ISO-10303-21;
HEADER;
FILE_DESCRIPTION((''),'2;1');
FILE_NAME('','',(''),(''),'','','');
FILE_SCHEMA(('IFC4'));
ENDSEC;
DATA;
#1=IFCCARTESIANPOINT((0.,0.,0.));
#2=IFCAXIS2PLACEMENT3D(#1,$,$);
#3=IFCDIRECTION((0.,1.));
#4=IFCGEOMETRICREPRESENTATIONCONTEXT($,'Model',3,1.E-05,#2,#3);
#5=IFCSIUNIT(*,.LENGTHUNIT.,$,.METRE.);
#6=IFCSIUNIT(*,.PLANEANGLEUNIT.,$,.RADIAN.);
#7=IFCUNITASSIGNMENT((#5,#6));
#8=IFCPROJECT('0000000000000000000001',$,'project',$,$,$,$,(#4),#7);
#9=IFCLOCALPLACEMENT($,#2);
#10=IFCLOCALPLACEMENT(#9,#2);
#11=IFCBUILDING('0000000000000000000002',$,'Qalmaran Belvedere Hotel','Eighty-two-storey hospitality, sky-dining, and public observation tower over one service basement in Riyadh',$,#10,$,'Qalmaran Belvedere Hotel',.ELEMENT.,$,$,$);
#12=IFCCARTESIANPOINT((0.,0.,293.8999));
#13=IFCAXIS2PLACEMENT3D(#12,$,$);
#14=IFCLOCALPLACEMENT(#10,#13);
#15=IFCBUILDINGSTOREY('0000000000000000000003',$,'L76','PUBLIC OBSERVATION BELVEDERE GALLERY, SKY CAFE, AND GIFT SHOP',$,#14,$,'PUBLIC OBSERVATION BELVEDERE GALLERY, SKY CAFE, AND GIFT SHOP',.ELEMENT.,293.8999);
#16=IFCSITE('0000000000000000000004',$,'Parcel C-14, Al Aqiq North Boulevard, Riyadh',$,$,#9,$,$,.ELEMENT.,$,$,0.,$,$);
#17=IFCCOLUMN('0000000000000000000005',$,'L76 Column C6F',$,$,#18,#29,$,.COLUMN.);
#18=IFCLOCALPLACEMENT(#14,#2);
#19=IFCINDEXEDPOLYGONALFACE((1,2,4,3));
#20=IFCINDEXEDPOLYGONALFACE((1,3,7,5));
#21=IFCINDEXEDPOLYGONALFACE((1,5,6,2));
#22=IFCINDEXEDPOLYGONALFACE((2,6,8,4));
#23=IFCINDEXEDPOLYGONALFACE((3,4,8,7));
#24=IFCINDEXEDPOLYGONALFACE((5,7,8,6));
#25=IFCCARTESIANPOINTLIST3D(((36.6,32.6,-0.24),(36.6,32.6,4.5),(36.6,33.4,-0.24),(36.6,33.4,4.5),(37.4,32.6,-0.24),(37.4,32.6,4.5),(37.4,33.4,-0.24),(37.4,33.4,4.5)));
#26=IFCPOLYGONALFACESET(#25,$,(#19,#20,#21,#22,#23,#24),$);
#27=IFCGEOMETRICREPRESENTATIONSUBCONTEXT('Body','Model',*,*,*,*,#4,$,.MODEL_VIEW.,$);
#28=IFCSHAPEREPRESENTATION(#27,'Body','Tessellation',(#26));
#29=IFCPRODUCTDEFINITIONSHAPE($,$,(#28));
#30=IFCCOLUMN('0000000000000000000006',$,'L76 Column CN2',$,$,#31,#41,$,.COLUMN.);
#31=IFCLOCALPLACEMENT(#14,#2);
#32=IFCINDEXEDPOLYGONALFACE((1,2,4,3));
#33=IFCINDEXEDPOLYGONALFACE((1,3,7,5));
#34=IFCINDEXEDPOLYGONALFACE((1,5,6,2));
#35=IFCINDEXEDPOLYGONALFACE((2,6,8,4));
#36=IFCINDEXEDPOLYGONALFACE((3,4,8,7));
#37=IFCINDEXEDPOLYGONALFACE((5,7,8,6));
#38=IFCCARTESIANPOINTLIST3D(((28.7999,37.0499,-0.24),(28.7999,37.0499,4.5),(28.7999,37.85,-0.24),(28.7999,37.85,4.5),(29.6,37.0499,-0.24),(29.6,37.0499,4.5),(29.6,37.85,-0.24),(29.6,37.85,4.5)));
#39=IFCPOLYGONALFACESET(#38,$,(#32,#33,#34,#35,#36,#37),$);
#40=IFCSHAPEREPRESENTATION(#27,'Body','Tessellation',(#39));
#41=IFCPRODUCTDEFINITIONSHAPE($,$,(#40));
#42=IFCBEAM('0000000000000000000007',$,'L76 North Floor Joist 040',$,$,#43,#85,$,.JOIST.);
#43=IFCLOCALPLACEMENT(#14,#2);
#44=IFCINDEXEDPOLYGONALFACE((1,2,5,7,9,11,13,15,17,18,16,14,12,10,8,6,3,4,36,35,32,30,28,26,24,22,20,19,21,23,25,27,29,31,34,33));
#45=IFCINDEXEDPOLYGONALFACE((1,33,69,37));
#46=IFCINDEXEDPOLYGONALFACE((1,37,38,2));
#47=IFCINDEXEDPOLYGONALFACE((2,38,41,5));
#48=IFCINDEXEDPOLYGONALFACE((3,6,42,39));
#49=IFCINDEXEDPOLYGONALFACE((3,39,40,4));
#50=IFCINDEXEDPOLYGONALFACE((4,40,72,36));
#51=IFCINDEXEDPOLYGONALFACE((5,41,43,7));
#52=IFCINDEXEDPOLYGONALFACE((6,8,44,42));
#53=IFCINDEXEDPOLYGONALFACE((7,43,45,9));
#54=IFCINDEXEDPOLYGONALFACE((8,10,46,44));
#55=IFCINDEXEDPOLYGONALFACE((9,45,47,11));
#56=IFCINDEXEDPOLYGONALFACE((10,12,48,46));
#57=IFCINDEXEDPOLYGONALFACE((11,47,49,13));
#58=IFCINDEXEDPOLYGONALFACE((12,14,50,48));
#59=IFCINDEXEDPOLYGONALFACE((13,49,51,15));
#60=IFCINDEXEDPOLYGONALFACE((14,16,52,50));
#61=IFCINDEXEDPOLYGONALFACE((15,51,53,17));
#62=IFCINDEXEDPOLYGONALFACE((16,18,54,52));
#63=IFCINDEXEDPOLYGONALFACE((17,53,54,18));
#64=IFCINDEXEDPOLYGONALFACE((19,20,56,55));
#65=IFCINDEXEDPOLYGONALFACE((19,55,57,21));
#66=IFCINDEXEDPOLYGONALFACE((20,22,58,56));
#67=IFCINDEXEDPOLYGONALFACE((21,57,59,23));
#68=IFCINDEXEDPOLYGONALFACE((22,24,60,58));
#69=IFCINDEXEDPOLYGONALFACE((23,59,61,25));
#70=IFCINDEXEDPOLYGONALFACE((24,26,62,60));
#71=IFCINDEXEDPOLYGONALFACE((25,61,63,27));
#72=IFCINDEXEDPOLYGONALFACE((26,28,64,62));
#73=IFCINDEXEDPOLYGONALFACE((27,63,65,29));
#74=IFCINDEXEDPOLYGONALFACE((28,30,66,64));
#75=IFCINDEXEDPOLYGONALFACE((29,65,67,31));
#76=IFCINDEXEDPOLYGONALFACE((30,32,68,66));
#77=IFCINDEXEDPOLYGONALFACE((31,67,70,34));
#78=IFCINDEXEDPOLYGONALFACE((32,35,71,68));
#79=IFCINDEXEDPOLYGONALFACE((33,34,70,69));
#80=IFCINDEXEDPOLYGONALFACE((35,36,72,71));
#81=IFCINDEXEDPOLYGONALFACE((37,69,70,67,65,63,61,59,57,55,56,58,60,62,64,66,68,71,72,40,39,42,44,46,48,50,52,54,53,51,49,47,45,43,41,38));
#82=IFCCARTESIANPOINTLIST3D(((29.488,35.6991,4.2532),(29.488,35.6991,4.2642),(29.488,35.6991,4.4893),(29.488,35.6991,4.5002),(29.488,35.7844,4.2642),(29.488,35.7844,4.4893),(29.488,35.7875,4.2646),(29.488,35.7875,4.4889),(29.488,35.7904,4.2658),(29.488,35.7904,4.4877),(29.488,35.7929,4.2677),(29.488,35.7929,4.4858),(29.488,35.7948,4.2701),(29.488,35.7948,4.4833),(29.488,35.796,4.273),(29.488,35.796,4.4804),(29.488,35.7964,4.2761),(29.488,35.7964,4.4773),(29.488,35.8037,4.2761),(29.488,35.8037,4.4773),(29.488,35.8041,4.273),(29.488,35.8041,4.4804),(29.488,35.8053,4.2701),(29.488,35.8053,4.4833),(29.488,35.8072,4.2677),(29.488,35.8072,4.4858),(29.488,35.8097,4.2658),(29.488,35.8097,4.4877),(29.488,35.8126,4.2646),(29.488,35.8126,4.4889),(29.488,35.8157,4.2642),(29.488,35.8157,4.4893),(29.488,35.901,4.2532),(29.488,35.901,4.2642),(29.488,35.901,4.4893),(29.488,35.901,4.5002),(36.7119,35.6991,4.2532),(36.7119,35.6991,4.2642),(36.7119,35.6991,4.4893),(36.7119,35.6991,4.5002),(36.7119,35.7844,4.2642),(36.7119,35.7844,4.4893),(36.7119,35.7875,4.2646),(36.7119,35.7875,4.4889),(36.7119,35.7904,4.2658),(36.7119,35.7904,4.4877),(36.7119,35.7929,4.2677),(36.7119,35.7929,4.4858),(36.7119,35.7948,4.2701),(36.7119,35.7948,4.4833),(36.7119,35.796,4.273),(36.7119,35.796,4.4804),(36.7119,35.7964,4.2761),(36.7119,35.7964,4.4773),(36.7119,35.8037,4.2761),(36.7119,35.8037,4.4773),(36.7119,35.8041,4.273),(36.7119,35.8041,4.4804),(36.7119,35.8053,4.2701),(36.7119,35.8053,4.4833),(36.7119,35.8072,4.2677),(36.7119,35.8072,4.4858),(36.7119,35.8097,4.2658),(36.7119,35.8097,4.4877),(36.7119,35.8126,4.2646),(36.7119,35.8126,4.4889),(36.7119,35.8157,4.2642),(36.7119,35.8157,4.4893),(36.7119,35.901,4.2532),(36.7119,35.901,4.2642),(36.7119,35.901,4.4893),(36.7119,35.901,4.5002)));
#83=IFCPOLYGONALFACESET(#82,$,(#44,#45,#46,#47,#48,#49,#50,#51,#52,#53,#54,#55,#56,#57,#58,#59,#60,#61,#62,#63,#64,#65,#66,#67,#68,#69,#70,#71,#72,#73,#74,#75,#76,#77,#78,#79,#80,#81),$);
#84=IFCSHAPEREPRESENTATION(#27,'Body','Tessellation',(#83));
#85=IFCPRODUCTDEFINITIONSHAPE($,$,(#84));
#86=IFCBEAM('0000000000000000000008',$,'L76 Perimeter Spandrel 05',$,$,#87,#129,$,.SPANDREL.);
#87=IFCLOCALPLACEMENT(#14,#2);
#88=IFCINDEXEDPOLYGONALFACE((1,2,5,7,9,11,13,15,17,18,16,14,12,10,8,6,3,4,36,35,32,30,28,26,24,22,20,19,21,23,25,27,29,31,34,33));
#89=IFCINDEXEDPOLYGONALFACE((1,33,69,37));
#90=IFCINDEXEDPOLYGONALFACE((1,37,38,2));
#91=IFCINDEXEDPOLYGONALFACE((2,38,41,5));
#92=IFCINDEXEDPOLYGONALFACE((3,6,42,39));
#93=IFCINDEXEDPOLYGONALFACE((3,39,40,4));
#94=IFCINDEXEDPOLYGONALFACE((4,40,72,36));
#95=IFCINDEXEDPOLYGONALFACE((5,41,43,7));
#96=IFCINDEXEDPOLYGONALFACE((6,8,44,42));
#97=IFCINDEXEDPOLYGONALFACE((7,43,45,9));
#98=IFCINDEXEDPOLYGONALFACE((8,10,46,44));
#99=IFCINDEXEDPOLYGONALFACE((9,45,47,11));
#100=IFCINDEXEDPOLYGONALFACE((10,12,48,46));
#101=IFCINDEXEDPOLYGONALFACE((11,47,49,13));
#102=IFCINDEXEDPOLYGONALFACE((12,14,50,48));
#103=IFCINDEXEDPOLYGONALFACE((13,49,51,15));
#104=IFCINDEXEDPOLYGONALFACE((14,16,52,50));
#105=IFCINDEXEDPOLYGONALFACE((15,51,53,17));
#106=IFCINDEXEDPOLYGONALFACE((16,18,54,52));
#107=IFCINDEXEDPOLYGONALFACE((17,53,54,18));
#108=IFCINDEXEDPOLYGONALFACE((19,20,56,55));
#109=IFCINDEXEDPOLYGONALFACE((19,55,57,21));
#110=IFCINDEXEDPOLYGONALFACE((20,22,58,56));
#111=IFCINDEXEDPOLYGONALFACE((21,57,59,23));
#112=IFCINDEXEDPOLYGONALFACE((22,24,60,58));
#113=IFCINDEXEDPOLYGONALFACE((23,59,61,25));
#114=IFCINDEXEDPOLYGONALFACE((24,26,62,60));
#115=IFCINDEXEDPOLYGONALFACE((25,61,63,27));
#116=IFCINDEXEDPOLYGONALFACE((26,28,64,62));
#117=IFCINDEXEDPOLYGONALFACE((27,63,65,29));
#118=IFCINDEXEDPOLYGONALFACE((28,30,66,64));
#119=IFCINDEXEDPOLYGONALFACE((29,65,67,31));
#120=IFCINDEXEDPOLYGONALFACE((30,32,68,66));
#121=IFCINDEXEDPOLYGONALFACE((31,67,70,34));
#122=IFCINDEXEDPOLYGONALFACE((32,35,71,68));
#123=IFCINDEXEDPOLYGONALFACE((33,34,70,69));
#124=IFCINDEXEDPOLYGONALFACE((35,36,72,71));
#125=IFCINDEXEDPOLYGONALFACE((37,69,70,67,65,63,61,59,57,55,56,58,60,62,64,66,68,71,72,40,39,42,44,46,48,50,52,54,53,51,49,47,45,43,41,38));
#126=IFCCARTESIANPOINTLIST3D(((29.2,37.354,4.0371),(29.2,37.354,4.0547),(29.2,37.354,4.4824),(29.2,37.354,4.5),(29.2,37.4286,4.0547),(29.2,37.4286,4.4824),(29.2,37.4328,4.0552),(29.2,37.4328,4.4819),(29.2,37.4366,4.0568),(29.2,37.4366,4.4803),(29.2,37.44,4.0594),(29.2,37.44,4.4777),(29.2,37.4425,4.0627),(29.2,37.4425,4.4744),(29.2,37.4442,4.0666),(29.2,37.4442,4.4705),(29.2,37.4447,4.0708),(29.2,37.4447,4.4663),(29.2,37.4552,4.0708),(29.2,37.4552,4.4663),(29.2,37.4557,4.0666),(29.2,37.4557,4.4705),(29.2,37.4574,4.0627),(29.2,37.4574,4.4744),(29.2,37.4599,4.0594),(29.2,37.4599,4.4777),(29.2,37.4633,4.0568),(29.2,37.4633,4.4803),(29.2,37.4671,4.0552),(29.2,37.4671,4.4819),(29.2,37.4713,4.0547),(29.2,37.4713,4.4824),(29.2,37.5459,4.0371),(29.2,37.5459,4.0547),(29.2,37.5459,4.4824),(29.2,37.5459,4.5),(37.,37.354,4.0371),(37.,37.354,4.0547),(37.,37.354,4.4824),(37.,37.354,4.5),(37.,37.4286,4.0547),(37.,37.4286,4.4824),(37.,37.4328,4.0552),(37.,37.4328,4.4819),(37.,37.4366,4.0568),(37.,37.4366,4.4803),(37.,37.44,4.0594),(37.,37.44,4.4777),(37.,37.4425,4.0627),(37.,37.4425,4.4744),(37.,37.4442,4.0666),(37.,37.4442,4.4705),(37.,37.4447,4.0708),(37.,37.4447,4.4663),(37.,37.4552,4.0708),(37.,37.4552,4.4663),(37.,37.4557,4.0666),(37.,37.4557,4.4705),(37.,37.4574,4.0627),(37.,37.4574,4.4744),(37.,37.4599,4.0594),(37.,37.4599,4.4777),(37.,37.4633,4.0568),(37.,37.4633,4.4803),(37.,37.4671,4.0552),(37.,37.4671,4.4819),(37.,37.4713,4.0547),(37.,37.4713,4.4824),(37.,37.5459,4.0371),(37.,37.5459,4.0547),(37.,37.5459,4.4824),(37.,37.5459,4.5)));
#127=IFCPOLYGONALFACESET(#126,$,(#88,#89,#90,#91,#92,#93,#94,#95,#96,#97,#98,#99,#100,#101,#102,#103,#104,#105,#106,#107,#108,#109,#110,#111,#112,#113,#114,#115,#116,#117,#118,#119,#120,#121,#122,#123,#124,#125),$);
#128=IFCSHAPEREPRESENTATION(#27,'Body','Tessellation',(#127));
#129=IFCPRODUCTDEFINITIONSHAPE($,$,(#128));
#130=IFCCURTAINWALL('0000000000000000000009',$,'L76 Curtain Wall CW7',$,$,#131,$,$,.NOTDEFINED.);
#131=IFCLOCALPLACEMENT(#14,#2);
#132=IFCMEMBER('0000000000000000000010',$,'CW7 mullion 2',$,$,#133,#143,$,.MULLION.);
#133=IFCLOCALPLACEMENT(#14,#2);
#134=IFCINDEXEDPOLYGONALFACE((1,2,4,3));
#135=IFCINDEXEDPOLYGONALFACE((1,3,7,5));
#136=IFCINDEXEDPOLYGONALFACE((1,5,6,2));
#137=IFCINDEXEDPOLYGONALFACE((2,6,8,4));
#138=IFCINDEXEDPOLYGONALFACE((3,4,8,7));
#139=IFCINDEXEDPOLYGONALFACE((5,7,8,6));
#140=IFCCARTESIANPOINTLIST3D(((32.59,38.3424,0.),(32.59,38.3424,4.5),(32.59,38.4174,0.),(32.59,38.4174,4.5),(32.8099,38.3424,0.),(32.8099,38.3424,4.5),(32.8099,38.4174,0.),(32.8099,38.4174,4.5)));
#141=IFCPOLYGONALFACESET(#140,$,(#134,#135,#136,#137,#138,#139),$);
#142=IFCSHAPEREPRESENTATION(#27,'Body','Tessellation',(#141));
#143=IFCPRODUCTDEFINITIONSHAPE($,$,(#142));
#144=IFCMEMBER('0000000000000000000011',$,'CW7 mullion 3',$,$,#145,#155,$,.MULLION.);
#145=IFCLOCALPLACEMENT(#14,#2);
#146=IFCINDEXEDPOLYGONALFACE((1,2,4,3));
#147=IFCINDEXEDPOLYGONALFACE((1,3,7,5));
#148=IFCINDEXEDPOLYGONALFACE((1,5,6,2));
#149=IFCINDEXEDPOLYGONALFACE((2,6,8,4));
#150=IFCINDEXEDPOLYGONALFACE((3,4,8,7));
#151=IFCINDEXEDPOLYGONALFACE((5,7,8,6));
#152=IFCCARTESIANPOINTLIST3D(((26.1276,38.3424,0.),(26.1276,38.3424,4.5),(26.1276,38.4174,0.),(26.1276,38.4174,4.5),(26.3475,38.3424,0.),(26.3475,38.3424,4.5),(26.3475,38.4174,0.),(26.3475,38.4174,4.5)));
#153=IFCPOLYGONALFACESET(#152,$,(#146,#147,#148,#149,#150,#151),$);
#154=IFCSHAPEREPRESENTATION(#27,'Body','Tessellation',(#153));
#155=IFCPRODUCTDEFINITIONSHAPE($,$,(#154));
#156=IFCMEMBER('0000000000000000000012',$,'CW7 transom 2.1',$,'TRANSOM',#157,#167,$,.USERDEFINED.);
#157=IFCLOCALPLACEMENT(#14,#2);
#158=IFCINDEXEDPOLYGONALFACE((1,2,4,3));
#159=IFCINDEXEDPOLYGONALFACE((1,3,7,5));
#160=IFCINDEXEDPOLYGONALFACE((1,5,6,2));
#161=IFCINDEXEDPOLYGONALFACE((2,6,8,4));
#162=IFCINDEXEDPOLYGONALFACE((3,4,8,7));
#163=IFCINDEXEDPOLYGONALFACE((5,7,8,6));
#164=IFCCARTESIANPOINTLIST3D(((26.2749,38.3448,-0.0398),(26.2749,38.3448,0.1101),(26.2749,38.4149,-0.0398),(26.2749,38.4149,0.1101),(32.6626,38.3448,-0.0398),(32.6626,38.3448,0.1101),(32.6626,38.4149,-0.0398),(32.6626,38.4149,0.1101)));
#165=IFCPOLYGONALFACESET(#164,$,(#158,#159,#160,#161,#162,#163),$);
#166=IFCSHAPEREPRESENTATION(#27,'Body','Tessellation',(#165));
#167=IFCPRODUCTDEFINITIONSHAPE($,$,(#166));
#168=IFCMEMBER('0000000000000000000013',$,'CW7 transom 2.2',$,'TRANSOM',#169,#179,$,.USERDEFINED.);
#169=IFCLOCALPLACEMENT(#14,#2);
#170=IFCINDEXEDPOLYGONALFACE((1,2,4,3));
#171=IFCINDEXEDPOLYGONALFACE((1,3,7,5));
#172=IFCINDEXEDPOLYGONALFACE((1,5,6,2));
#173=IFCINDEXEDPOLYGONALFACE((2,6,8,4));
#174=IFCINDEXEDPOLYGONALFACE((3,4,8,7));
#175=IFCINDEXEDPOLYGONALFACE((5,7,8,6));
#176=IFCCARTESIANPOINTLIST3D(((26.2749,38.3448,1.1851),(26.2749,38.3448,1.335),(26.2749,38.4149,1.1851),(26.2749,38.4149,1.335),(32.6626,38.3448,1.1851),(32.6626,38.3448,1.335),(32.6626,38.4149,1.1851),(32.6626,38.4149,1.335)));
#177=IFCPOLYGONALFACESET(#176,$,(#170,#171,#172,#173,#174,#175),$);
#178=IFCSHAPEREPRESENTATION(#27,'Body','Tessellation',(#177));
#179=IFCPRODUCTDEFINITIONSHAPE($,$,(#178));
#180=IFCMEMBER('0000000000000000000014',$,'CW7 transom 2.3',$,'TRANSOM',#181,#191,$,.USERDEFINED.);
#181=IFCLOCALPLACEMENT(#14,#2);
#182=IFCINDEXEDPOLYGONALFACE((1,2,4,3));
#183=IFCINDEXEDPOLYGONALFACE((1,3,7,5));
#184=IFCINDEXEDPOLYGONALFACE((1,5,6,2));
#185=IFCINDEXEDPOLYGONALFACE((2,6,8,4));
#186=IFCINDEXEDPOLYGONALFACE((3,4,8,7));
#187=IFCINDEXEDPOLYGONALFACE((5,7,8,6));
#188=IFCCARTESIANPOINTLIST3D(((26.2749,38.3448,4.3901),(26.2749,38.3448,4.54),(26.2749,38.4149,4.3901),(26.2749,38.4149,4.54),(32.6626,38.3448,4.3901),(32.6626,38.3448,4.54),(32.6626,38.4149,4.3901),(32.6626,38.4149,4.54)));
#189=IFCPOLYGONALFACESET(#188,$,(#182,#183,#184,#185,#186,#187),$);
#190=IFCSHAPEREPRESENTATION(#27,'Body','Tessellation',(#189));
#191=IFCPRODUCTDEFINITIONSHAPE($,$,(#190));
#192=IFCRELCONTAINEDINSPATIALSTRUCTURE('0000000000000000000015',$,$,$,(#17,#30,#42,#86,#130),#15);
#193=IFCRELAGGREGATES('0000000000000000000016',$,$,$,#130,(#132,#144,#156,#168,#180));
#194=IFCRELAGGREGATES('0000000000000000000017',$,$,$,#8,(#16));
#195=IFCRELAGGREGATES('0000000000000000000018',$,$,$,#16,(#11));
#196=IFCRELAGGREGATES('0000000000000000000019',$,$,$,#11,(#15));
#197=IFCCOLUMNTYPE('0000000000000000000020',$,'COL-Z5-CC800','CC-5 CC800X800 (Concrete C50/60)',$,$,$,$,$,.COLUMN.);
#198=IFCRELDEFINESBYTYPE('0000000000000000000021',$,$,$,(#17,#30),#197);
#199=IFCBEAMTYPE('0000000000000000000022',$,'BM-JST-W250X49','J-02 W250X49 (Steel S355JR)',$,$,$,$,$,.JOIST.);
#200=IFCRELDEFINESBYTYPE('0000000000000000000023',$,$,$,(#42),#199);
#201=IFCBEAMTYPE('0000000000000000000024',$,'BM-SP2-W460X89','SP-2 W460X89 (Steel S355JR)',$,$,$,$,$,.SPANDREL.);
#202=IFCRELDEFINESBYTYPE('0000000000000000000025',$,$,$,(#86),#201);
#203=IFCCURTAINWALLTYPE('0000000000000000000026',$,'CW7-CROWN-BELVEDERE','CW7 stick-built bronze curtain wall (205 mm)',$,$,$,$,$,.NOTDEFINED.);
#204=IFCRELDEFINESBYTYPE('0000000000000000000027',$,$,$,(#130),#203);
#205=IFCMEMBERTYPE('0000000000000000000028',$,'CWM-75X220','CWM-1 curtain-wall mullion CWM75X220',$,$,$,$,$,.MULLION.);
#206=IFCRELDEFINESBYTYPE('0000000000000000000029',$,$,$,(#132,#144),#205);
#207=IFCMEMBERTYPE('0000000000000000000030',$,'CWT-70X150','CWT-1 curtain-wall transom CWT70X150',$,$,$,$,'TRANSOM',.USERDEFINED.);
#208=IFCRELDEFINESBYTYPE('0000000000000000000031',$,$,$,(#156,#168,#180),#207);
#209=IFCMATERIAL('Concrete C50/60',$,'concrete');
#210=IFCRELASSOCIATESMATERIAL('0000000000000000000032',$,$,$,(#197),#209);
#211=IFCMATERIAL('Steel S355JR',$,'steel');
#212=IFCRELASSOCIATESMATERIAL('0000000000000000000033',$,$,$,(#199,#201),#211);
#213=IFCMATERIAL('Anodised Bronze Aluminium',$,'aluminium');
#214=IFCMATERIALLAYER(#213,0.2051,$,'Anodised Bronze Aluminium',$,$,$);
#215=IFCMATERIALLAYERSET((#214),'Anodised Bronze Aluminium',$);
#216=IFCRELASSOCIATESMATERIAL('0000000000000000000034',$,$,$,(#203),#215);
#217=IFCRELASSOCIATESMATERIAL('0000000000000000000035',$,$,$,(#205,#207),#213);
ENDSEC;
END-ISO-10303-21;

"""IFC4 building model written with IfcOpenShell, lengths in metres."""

from ifc_helpers import new_model, si_unit, direction, frame, origin, origin_2d, place, context, subcontext, project, spatial, rectangle, i_section, extrude, material, layer, layer_set, material_profile, profile_set, type_object, element, aggregate, save


model = new_model("IFC4")

# Units and contexts
model_context = context("Model", 3, precision=1e-05, world=origin(), true_north=direction((0.0, 1.0)))
body_context = subcontext(model_context, "Body", "Model", "MODEL_VIEW")
ifc_project = project(units=[si_unit("LENGTHUNIT", "METRE"), si_unit("PLANEANGLEUNIT", "RADIAN")], contexts=[model_context])

# Site, building, storey
site_placement = place(None, origin())
site = spatial("IfcSite", under=ifc_project, at=site_placement, Name="Parcel C-14, Al Aqiq North Boulevard, Riyadh", CompositionType="ELEMENT", RefElevation=0.0)
building_placement = place(site_placement, origin())
building = spatial("IfcBuilding", under=site, at=building_placement, Name="Qalmaran Belvedere Hotel", Description="Eighty-two-storey hospitality, sky-dining, and public observation tower over one service basement in Riyadh", LongName="Qalmaran Belvedere Hotel", CompositionType="ELEMENT")
storey_placement = place(building_placement, frame((0.0, 0.0, 293.8999)))
storey = spatial("IfcBuildingStorey", under=building, at=storey_placement, Name="L76", Description="PUBLIC OBSERVATION BELVEDERE GALLERY, SKY CAFE, AND GIFT SHOP", LongName="PUBLIC OBSERVATION BELVEDERE GALLERY, SKY CAFE, AND GIFT SHOP", CompositionType="ELEMENT", Elevation=293.8999)

# Columns
ifc_material_1 = material(Name="Concrete C50/60", Category="concrete")
ifc_material_profile_1 = material_profile(ifc_material_1, rectangle(XDim=0.8, YDim=0.8, at=origin_2d()), Name="CC800X800")
ifc_profile_set_1 = profile_set([ifc_material_profile_1], Name="Concrete C50/60")
column_type = type_object("IfcColumnType", Name="COL-Z5-CC800", Description="CC-5 CC800X800 (Concrete C50/60)", PredefinedType="COLUMN", material=ifc_profile_set_1)
for number, where, z_axis, x_axis, name in (
    (1, (37.0, 33.0, -0.24), (0.0, 0.0, 1.0), (1.0, 0.0, 0.0), "L76 Column C6F"),
    (2, (29.2, 37.45, -0.24), (0.0, 0.0, 1.0), (1.0, 0.0, 0.0), "L76 Column CN2"),
):
    element("IfcColumn", number, at=place(storey_placement, frame(where, z_axis=z_axis, x_axis=x_axis)), inside=storey, type_object=column_type, Name=name, PredefinedType="COLUMN", context=body_context, shape_type="SweptSolid", body=[
        extrude(rectangle(XDim=0.8, YDim=0.8, at=origin_2d()), origin(), (0.0, 0.0, 1.0), 4.74),
    ])

# Beams
ifc_material_2 = material(Name="Steel S355JR", Category="steel")
ifc_material_profile_2 = material_profile(ifc_material_2, i_section(OverallWidth=0.2019, OverallDepth=0.2471, WebThickness=0.0073, FlangeThickness=0.011, FilletRadius=0.012, at=origin_2d()), Name="W250X49")
ifc_profile_set_2 = profile_set([ifc_material_profile_2], Name="Steel S355JR")
beam_type_1 = type_object("IfcBeamType", Name="BM-JST-W250X49", Description="J-02 W250X49 (Steel S355JR)", PredefinedType="JOIST", material=ifc_profile_set_2)
beam_1_placement = place(storey_placement, frame((29.488, 35.8, 4.3767), z_axis=(1.0, 0.0, 0.0), x_axis=(0.0, 1.0, 0.0)))
element("IfcBeam", 3, at=beam_1_placement, inside=storey, type_object=beam_type_1, Name="L76 North Floor Joist 040", PredefinedType="JOIST", context=body_context, shape_type="SweptSolid", body=[
    extrude(i_section(OverallWidth=0.2019, OverallDepth=0.2471, WebThickness=0.0073, FlangeThickness=0.011, FilletRadius=0.012, at=origin_2d()), origin(), (0.0, 0.0, 1.0), 7.2239),
])
ifc_material_profile_3 = material_profile(ifc_material_2, i_section(OverallWidth=0.1919, OverallDepth=0.4629, WebThickness=0.0105, FlangeThickness=0.0176, FilletRadius=0.0161, at=origin_2d()), Name="W460X89")
ifc_profile_set_3 = profile_set([ifc_material_profile_3], Name="Steel S355JR")
beam_type_2 = type_object("IfcBeamType", Name="BM-SP2-W460X89", Description="SP-2 W460X89 (Steel S355JR)", PredefinedType="SPANDREL", material=ifc_profile_set_3)
beam_2_placement = place(storey_placement, frame((29.2, 37.45, 4.2686), z_axis=(1.0, 0.0, 0.0), x_axis=(0.0, 1.0, 0.0)))
element("IfcBeam", 4, at=beam_2_placement, inside=storey, type_object=beam_type_2, Name="L76 Perimeter Spandrel 05", PredefinedType="SPANDREL", context=body_context, shape_type="SweptSolid", body=[
    extrude(i_section(OverallWidth=0.1919, OverallDepth=0.4629, WebThickness=0.0105, FlangeThickness=0.0176, FilletRadius=0.0161, at=origin_2d()), origin(), (0.0, 0.0, 1.0), 7.8),
])

# Curtain wall, members
ifc_material_3 = material(Name="Anodised Bronze Aluminium", Category="aluminium")
ifc_layer_1 = layer(ifc_material_3, 0.2051, Name="Anodised Bronze Aluminium")
ifc_layer_set_1 = layer_set([ifc_layer_1], Name="Anodised Bronze Aluminium")
curtain_wall_type = type_object("IfcCurtainWallType", Name="CW7-CROWN-BELVEDERE", Description="CW7 stick-built bronze curtain wall (205 mm)", PredefinedType="NOTDEFINED", material=ifc_layer_set_1)
curtain_wall_placement = place(storey_placement, origin())
curtain_wall = element("IfcCurtainWall", 5, at=curtain_wall_placement, inside=storey, type_object=curtain_wall_type, Name="L76 Curtain Wall CW7", PredefinedType="NOTDEFINED")
ifc_material_profile_4 = material_profile(ifc_material_3, rectangle(XDim=0.075, YDim=0.22, at=origin_2d()), Name="CWM75X220")
ifc_profile_set_4 = profile_set([ifc_material_profile_4], Name="Anodised Bronze Aluminium")
member_type_1 = type_object("IfcMemberType", Name="CWM-75X220", Description="CWM-1 curtain-wall mullion CWM75X220", PredefinedType="MULLION", material=ifc_profile_set_4)
member_1_placement = place(storey_placement, frame((32.7, 38.3799, 0.0), z_axis=(0.0, 0.0, 1.0), x_axis=(0.0, -1.0, 0.0)))
member_1 = element("IfcMember", 6, at=member_1_placement, type_object=member_type_1, Name="CW7 mullion 2", PredefinedType="MULLION", context=body_context, shape_type="SweptSolid", body=[
    extrude(rectangle(XDim=0.075, YDim=0.22, at=origin_2d()), origin(), (0.0, 0.0, 1.0), 4.5),
])
member_2_placement = place(storey_placement, frame((26.2375, 38.3799, 0.0), z_axis=(0.0, 0.0, 1.0), x_axis=(0.0, -1.0, 0.0)))
member_2 = element("IfcMember", 7, at=member_2_placement, type_object=member_type_1, Name="CW7 mullion 3", PredefinedType="MULLION", context=body_context, shape_type="SweptSolid", body=[
    extrude(rectangle(XDim=0.075, YDim=0.22, at=origin_2d()), origin(), (0.0, 0.0, 1.0), 4.5),
])
ifc_material_profile_5 = material_profile(ifc_material_3, rectangle(XDim=0.0701, YDim=0.1499, at=origin_2d()), Name="CWT70X150")
ifc_profile_set_5 = profile_set([ifc_material_profile_5], Name="Anodised Bronze Aluminium")
member_type_2 = type_object("IfcMemberType", Name="CWT-70X150", Description="CWT-1 curtain-wall transom CWT70X150", ElementType="TRANSOM", PredefinedType="USERDEFINED", material=ifc_profile_set_5)
member_3_placement = place(storey_placement, frame((32.6626, 38.3799, 0.0352), z_axis=(-1.0, 0.0, 0.0), x_axis=(0.0, -1.0, 0.0)))
member_3 = element("IfcMember", 8, at=member_3_placement, type_object=member_type_2, Name="CW7 transom 2.1", ObjectType="TRANSOM", PredefinedType="USERDEFINED", context=body_context, shape_type="SweptSolid", body=[
    extrude(rectangle(XDim=0.0701, YDim=0.1499, at=origin_2d()), origin(), (0.0, 0.0, 1.0), 6.3877),
])
member_4_placement = place(storey_placement, frame((32.6626, 38.3799, 1.26), z_axis=(-1.0, 0.0, 0.0), x_axis=(0.0, -1.0, 0.0)))
member_4 = element("IfcMember", 9, at=member_4_placement, type_object=member_type_2, Name="CW7 transom 2.2", ObjectType="TRANSOM", PredefinedType="USERDEFINED", context=body_context, shape_type="SweptSolid", body=[
    extrude(rectangle(XDim=0.0701, YDim=0.1499, at=origin_2d()), origin(), (0.0, 0.0, 1.0), 6.3877),
])
member_5_placement = place(storey_placement, frame((32.6626, 38.3799, 4.4651), z_axis=(-1.0, 0.0, 0.0), x_axis=(0.0, -1.0, 0.0)))
member_5 = element("IfcMember", 10, at=member_5_placement, type_object=member_type_2, Name="CW7 transom 2.3", ObjectType="TRANSOM", PredefinedType="USERDEFINED", context=body_context, shape_type="SweptSolid", body=[
    extrude(rectangle(XDim=0.0701, YDim=0.1499, at=origin_2d()), origin(), (0.0, 0.0, 1.0), 6.3877),
])
aggregate(curtain_wall, [member_1, member_2, member_3, member_4, member_5])

save(model, "model.ifc")
